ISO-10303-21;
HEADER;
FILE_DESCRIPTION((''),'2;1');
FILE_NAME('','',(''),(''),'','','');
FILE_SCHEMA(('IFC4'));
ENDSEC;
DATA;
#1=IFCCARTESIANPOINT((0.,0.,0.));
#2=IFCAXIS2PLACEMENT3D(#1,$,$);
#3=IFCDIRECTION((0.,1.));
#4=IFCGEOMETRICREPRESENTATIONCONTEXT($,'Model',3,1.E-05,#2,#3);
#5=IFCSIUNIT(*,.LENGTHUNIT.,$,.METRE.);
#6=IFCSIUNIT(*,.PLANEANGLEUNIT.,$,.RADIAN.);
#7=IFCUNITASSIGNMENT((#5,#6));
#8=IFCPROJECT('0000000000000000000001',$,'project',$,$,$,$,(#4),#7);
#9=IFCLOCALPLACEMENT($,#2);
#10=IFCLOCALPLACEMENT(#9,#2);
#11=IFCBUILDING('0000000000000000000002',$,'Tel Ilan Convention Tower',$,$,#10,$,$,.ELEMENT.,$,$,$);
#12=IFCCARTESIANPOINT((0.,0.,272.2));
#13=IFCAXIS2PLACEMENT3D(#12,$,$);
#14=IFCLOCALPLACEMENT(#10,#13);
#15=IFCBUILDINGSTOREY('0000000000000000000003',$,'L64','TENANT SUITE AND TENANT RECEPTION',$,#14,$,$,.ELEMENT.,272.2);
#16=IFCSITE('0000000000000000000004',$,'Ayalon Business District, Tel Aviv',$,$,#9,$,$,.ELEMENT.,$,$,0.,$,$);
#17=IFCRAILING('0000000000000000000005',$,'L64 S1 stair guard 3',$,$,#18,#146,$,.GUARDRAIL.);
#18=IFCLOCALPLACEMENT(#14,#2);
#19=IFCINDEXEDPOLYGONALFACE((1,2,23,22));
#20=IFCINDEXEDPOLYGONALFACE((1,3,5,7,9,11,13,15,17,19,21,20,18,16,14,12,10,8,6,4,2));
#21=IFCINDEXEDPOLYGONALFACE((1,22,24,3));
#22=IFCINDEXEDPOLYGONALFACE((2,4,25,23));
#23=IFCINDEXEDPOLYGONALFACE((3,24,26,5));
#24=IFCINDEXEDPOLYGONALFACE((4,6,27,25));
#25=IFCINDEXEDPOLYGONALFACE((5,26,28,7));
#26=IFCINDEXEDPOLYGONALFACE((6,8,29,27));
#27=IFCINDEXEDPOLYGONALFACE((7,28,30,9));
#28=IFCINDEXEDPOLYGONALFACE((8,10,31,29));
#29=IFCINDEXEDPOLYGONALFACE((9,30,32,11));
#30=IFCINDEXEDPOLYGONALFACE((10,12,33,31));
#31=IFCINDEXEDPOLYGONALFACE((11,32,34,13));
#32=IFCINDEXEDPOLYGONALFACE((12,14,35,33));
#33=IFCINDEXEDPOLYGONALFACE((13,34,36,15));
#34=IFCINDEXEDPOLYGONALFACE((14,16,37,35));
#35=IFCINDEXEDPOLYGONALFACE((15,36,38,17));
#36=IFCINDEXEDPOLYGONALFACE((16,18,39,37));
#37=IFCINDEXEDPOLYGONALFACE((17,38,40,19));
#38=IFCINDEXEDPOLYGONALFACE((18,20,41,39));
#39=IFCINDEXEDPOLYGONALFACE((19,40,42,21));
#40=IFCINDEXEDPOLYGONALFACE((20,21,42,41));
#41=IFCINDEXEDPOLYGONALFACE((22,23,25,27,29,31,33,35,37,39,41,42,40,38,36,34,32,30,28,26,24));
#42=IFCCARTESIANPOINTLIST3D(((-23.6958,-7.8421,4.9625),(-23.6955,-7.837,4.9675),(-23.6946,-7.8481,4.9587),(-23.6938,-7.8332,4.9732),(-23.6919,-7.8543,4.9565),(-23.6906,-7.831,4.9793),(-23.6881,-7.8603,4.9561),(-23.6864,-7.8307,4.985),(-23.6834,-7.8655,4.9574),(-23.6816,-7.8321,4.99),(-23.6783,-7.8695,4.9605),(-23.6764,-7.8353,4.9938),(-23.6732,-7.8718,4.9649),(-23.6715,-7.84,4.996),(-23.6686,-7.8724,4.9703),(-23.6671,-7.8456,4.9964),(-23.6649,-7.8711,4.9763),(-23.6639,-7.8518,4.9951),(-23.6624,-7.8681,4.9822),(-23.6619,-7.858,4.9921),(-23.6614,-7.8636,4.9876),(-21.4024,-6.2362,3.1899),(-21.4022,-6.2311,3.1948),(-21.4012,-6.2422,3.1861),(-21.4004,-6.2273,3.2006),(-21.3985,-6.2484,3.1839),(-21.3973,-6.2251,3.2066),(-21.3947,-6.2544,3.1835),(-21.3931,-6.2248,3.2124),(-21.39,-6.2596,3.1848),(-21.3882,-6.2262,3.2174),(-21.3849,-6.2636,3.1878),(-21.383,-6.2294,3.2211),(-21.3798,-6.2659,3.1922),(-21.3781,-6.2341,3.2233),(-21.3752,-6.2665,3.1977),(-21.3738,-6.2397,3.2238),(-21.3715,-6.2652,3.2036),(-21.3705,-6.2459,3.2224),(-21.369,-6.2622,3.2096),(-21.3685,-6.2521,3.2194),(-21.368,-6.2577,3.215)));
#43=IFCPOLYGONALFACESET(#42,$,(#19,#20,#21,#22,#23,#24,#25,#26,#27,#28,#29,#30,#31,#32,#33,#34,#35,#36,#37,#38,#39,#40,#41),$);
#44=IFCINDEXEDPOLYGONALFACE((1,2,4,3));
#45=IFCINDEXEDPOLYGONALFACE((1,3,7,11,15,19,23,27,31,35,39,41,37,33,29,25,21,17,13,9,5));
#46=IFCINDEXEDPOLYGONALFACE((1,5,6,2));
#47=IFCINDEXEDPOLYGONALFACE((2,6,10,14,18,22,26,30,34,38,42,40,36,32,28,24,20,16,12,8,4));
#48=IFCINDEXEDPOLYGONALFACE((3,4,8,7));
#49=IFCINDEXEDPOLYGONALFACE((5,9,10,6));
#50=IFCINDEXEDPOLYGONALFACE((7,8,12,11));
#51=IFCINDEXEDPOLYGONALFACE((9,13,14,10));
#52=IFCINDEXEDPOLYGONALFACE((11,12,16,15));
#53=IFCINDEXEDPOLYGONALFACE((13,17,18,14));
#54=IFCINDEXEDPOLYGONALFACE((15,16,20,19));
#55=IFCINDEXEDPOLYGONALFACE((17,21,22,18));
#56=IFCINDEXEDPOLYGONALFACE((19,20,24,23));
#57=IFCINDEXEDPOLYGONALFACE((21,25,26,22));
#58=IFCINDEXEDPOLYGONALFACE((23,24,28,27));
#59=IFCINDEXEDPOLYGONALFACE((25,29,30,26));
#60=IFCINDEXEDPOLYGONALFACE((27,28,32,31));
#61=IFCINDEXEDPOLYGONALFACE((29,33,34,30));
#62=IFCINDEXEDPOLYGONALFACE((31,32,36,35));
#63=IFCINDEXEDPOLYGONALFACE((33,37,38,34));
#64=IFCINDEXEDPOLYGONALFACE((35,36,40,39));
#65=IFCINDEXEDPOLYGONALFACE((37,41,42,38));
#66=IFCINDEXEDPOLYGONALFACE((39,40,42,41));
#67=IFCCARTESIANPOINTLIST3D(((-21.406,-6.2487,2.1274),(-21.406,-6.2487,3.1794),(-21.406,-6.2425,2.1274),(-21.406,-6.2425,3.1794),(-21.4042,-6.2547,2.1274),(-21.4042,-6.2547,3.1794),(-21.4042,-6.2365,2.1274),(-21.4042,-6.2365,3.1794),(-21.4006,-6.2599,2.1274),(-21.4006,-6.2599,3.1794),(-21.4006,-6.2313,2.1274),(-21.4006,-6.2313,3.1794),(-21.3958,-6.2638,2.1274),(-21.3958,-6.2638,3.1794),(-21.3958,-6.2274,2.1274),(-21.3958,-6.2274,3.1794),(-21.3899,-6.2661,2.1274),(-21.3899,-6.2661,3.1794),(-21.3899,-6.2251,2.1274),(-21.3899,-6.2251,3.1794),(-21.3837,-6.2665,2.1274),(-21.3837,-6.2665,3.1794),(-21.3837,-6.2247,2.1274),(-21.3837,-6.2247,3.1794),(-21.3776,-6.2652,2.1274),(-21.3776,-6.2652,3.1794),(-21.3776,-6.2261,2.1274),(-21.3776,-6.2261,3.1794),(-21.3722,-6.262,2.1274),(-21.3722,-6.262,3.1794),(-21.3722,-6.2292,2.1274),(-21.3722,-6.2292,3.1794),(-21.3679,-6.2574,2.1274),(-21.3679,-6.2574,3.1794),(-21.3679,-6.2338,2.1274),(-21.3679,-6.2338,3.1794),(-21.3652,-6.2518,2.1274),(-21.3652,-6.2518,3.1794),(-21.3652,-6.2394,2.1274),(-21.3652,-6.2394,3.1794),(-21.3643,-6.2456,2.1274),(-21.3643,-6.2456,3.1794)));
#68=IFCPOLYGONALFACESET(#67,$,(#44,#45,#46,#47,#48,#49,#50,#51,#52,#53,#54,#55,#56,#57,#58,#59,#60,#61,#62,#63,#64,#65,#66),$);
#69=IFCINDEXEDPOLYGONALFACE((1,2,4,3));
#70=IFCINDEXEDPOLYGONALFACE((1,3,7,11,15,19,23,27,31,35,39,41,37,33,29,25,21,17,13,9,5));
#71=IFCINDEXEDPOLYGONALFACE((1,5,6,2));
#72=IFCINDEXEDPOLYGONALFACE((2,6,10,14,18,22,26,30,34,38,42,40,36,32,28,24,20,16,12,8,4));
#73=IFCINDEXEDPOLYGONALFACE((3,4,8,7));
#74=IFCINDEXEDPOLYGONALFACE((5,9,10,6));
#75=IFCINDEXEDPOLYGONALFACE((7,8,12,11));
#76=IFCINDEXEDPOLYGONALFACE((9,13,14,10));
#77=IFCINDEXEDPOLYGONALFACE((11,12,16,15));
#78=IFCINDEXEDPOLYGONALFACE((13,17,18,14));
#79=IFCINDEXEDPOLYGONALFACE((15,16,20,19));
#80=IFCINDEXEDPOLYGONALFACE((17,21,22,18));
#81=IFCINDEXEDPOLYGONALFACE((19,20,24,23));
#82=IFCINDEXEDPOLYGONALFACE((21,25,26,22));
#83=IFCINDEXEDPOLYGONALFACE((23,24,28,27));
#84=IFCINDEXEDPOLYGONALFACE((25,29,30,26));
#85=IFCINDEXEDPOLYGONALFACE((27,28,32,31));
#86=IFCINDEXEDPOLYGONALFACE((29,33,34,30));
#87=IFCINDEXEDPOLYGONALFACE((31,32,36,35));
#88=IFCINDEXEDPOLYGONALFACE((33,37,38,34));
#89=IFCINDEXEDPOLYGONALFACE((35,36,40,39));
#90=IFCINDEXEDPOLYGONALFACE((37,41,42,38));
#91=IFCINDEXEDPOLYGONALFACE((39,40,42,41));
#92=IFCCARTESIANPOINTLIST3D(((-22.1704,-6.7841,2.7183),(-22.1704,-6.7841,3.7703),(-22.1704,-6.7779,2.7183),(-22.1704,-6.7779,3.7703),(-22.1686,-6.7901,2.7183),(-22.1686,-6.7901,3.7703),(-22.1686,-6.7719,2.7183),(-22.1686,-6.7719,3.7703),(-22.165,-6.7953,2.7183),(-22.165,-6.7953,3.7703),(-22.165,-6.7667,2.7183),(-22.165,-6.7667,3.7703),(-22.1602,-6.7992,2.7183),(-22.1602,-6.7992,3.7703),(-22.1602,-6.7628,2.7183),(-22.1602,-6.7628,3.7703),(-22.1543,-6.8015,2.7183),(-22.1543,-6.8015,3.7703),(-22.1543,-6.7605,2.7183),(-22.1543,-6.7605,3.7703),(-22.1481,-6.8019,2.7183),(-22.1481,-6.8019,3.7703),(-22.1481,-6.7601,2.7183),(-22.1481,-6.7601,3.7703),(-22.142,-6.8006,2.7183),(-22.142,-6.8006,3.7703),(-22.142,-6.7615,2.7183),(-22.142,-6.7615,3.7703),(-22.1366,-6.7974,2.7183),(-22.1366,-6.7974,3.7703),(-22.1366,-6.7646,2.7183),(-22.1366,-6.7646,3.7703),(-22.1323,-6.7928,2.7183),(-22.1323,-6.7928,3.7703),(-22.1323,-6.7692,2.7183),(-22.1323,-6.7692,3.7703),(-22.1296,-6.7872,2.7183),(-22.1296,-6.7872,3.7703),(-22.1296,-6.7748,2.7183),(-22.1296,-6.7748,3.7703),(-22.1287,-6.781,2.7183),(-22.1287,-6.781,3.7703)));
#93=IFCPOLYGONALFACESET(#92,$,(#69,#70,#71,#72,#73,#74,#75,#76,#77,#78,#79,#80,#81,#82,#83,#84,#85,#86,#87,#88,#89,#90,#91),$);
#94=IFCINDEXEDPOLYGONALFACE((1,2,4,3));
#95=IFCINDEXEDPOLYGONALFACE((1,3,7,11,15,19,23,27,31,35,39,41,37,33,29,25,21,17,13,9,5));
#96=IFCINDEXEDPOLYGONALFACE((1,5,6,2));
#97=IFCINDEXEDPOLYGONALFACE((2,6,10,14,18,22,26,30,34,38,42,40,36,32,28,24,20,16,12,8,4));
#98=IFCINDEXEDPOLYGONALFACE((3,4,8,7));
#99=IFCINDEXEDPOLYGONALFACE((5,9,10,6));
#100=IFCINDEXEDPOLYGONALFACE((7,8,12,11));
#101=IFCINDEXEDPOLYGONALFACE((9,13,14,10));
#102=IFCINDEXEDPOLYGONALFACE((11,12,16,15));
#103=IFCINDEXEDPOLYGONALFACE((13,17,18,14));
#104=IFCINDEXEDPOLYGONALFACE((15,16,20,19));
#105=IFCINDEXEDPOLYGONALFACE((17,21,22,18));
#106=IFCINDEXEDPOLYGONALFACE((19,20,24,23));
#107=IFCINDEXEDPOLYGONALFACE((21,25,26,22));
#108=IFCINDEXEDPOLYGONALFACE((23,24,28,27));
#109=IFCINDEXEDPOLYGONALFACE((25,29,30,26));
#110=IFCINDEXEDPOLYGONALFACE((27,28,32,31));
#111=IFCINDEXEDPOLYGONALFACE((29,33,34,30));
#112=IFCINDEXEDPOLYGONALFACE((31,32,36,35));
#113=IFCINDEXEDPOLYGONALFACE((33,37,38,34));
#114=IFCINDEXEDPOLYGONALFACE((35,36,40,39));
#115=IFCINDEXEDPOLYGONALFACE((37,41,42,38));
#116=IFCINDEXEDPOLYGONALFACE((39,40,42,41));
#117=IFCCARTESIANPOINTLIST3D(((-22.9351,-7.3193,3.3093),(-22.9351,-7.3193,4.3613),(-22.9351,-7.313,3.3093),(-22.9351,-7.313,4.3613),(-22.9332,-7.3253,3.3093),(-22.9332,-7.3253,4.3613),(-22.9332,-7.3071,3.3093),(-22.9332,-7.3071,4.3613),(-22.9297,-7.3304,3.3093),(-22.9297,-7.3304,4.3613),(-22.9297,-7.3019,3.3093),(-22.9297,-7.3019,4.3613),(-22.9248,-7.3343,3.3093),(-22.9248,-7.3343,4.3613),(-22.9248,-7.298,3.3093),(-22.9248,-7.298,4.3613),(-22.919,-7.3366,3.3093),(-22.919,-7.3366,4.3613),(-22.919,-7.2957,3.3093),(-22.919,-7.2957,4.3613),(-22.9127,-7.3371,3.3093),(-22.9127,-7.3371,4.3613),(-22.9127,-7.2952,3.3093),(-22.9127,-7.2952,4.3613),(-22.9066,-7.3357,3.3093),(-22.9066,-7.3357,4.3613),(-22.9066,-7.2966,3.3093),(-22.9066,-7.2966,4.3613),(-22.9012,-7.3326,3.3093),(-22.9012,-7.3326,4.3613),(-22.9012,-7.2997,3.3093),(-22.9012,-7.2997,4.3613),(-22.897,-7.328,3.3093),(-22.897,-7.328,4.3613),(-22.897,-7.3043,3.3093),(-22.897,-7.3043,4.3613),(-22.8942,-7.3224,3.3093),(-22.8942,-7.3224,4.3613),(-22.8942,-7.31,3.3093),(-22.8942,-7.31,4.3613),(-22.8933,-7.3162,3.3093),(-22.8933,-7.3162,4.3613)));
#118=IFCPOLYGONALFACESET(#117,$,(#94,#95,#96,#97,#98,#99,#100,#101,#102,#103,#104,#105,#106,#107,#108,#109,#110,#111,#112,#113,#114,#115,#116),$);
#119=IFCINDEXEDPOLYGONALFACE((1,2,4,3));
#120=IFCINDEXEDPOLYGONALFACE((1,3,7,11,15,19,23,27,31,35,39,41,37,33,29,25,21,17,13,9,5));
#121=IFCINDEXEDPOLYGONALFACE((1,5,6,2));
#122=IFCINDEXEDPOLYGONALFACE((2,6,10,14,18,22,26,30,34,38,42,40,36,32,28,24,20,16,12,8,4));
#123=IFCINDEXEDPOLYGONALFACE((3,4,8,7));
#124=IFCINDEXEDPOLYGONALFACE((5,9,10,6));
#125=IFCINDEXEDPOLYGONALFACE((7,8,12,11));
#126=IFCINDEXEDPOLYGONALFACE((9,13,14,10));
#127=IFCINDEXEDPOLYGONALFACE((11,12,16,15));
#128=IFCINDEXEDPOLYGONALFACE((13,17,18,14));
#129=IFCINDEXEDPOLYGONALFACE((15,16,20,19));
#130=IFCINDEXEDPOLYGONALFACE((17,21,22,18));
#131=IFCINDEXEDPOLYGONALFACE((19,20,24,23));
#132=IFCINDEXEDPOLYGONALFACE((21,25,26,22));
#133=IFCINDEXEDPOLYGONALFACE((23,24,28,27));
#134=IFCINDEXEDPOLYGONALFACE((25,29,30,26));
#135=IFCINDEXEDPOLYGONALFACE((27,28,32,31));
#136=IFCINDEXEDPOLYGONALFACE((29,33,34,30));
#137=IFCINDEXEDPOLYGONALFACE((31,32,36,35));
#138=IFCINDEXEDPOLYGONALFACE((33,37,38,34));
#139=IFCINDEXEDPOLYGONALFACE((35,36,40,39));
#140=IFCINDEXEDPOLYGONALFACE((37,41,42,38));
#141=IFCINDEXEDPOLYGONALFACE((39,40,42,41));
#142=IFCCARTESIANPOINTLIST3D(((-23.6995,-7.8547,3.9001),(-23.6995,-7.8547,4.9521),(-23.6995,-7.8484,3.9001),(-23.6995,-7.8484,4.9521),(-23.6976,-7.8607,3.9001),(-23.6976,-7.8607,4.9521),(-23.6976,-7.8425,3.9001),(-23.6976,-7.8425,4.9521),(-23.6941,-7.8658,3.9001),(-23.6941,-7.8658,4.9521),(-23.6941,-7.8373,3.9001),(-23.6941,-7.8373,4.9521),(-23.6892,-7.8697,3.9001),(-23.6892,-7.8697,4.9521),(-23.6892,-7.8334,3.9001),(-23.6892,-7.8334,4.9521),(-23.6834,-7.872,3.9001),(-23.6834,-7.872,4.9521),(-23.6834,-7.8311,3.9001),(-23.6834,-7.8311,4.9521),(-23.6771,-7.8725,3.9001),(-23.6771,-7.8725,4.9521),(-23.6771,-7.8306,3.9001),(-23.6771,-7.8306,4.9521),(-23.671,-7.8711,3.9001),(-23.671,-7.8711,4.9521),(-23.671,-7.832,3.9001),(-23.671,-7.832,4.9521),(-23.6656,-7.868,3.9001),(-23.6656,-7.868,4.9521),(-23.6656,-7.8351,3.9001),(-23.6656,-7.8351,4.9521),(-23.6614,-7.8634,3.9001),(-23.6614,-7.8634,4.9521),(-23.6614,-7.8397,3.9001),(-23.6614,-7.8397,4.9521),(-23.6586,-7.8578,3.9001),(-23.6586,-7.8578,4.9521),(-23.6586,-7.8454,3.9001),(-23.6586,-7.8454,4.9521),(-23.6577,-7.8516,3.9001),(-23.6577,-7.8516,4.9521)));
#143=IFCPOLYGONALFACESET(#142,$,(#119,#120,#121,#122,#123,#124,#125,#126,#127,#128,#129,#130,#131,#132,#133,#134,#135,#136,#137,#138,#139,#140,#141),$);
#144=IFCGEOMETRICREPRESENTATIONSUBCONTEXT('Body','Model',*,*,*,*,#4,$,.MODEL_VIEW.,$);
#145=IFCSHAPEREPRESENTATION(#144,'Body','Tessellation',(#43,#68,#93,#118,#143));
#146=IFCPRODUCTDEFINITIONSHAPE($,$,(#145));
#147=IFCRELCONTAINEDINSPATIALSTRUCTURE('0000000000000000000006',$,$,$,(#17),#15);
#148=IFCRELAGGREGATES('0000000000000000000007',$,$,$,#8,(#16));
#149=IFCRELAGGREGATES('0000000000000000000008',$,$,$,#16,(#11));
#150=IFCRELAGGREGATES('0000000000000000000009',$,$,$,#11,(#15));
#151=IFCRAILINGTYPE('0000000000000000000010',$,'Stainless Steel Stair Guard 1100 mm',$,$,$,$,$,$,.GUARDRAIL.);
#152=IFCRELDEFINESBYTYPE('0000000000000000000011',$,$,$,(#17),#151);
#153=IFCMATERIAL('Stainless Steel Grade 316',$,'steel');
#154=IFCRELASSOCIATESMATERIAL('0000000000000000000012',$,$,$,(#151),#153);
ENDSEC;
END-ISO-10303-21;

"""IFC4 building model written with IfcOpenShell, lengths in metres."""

from ifc_helpers import new_model, si_unit, direction, frame, origin, origin_2d, place, context, subcontext, project, spatial, circle, extrude, material, type_object, element, save


model = new_model("IFC4")

# Units and contexts
model_context = context("Model", 3, precision=1e-05, world=origin(), true_north=direction((0.0, 1.0)))
body_context = subcontext(model_context, "Body", "Model", "MODEL_VIEW")
ifc_project = project(units=[si_unit("LENGTHUNIT", "METRE"), si_unit("PLANEANGLEUNIT", "RADIAN")], contexts=[model_context])

# Site, building, storey
site_placement = place(None, origin())
site = spatial("IfcSite", under=ifc_project, at=site_placement, Name="Ayalon Business District, Tel Aviv", CompositionType="ELEMENT", RefElevation=0.0)
building_placement = place(site_placement, origin())
building = spatial("IfcBuilding", under=site, at=building_placement, Name="Tel Ilan Convention Tower", CompositionType="ELEMENT")
storey_placement = place(building_placement, frame((0.0, 0.0, 272.2)))
storey = spatial("IfcBuildingStorey", under=building, at=storey_placement, Name="L64", Description="TENANT SUITE AND TENANT RECEPTION", CompositionType="ELEMENT", Elevation=272.2)

# Railing
ifc_material_1 = material(Name="Stainless Steel Grade 316", Category="steel")
railing_type_1 = type_object("IfcRailingType", Name="Stainless Steel Stair Guard 1100 mm", PredefinedType="GUARDRAIL", material=ifc_material_1)
railing_1_placement = place(storey_placement, frame((-21.3853, -6.2456, 2.1274)))
element("IfcRailing", 1, at=railing_1_placement, inside=storey, type_object=railing_type_1, Name="L64 S1 stair guard 3", PredefinedType="GUARDRAIL", context=body_context, shape_type="SweptSolid", body=[
    extrude(circle(Radius=0.0239, at=origin_2d()), frame((0.0, 0.0, 1.0762), z_axis=(-0.692085, -0.484621, 0.53494), x_axis=(0.573591, -0.819142, 0.0)), (0.0, 0.0, 1.0), 3.3137),
    extrude(circle(Radius=0.021, at=origin_2d()), origin(), (0.0, 0.0, 1.0), 1.052),
    extrude(circle(Radius=0.021, at=origin_2d()), frame((-0.7644, -0.5354, 0.5908)), (0.0, 0.0, 1.0), 1.052),
    extrude(circle(Radius=0.021, at=origin_2d()), frame((-1.5291, -1.0706, 1.1819)), (0.0, 0.0, 1.0), 1.052),
    extrude(circle(Radius=0.021, at=origin_2d()), frame((-2.2935, -1.606, 1.7727)), (0.0, 0.0, 1.0), 1.052),
])

save(model, "model.ifc")
